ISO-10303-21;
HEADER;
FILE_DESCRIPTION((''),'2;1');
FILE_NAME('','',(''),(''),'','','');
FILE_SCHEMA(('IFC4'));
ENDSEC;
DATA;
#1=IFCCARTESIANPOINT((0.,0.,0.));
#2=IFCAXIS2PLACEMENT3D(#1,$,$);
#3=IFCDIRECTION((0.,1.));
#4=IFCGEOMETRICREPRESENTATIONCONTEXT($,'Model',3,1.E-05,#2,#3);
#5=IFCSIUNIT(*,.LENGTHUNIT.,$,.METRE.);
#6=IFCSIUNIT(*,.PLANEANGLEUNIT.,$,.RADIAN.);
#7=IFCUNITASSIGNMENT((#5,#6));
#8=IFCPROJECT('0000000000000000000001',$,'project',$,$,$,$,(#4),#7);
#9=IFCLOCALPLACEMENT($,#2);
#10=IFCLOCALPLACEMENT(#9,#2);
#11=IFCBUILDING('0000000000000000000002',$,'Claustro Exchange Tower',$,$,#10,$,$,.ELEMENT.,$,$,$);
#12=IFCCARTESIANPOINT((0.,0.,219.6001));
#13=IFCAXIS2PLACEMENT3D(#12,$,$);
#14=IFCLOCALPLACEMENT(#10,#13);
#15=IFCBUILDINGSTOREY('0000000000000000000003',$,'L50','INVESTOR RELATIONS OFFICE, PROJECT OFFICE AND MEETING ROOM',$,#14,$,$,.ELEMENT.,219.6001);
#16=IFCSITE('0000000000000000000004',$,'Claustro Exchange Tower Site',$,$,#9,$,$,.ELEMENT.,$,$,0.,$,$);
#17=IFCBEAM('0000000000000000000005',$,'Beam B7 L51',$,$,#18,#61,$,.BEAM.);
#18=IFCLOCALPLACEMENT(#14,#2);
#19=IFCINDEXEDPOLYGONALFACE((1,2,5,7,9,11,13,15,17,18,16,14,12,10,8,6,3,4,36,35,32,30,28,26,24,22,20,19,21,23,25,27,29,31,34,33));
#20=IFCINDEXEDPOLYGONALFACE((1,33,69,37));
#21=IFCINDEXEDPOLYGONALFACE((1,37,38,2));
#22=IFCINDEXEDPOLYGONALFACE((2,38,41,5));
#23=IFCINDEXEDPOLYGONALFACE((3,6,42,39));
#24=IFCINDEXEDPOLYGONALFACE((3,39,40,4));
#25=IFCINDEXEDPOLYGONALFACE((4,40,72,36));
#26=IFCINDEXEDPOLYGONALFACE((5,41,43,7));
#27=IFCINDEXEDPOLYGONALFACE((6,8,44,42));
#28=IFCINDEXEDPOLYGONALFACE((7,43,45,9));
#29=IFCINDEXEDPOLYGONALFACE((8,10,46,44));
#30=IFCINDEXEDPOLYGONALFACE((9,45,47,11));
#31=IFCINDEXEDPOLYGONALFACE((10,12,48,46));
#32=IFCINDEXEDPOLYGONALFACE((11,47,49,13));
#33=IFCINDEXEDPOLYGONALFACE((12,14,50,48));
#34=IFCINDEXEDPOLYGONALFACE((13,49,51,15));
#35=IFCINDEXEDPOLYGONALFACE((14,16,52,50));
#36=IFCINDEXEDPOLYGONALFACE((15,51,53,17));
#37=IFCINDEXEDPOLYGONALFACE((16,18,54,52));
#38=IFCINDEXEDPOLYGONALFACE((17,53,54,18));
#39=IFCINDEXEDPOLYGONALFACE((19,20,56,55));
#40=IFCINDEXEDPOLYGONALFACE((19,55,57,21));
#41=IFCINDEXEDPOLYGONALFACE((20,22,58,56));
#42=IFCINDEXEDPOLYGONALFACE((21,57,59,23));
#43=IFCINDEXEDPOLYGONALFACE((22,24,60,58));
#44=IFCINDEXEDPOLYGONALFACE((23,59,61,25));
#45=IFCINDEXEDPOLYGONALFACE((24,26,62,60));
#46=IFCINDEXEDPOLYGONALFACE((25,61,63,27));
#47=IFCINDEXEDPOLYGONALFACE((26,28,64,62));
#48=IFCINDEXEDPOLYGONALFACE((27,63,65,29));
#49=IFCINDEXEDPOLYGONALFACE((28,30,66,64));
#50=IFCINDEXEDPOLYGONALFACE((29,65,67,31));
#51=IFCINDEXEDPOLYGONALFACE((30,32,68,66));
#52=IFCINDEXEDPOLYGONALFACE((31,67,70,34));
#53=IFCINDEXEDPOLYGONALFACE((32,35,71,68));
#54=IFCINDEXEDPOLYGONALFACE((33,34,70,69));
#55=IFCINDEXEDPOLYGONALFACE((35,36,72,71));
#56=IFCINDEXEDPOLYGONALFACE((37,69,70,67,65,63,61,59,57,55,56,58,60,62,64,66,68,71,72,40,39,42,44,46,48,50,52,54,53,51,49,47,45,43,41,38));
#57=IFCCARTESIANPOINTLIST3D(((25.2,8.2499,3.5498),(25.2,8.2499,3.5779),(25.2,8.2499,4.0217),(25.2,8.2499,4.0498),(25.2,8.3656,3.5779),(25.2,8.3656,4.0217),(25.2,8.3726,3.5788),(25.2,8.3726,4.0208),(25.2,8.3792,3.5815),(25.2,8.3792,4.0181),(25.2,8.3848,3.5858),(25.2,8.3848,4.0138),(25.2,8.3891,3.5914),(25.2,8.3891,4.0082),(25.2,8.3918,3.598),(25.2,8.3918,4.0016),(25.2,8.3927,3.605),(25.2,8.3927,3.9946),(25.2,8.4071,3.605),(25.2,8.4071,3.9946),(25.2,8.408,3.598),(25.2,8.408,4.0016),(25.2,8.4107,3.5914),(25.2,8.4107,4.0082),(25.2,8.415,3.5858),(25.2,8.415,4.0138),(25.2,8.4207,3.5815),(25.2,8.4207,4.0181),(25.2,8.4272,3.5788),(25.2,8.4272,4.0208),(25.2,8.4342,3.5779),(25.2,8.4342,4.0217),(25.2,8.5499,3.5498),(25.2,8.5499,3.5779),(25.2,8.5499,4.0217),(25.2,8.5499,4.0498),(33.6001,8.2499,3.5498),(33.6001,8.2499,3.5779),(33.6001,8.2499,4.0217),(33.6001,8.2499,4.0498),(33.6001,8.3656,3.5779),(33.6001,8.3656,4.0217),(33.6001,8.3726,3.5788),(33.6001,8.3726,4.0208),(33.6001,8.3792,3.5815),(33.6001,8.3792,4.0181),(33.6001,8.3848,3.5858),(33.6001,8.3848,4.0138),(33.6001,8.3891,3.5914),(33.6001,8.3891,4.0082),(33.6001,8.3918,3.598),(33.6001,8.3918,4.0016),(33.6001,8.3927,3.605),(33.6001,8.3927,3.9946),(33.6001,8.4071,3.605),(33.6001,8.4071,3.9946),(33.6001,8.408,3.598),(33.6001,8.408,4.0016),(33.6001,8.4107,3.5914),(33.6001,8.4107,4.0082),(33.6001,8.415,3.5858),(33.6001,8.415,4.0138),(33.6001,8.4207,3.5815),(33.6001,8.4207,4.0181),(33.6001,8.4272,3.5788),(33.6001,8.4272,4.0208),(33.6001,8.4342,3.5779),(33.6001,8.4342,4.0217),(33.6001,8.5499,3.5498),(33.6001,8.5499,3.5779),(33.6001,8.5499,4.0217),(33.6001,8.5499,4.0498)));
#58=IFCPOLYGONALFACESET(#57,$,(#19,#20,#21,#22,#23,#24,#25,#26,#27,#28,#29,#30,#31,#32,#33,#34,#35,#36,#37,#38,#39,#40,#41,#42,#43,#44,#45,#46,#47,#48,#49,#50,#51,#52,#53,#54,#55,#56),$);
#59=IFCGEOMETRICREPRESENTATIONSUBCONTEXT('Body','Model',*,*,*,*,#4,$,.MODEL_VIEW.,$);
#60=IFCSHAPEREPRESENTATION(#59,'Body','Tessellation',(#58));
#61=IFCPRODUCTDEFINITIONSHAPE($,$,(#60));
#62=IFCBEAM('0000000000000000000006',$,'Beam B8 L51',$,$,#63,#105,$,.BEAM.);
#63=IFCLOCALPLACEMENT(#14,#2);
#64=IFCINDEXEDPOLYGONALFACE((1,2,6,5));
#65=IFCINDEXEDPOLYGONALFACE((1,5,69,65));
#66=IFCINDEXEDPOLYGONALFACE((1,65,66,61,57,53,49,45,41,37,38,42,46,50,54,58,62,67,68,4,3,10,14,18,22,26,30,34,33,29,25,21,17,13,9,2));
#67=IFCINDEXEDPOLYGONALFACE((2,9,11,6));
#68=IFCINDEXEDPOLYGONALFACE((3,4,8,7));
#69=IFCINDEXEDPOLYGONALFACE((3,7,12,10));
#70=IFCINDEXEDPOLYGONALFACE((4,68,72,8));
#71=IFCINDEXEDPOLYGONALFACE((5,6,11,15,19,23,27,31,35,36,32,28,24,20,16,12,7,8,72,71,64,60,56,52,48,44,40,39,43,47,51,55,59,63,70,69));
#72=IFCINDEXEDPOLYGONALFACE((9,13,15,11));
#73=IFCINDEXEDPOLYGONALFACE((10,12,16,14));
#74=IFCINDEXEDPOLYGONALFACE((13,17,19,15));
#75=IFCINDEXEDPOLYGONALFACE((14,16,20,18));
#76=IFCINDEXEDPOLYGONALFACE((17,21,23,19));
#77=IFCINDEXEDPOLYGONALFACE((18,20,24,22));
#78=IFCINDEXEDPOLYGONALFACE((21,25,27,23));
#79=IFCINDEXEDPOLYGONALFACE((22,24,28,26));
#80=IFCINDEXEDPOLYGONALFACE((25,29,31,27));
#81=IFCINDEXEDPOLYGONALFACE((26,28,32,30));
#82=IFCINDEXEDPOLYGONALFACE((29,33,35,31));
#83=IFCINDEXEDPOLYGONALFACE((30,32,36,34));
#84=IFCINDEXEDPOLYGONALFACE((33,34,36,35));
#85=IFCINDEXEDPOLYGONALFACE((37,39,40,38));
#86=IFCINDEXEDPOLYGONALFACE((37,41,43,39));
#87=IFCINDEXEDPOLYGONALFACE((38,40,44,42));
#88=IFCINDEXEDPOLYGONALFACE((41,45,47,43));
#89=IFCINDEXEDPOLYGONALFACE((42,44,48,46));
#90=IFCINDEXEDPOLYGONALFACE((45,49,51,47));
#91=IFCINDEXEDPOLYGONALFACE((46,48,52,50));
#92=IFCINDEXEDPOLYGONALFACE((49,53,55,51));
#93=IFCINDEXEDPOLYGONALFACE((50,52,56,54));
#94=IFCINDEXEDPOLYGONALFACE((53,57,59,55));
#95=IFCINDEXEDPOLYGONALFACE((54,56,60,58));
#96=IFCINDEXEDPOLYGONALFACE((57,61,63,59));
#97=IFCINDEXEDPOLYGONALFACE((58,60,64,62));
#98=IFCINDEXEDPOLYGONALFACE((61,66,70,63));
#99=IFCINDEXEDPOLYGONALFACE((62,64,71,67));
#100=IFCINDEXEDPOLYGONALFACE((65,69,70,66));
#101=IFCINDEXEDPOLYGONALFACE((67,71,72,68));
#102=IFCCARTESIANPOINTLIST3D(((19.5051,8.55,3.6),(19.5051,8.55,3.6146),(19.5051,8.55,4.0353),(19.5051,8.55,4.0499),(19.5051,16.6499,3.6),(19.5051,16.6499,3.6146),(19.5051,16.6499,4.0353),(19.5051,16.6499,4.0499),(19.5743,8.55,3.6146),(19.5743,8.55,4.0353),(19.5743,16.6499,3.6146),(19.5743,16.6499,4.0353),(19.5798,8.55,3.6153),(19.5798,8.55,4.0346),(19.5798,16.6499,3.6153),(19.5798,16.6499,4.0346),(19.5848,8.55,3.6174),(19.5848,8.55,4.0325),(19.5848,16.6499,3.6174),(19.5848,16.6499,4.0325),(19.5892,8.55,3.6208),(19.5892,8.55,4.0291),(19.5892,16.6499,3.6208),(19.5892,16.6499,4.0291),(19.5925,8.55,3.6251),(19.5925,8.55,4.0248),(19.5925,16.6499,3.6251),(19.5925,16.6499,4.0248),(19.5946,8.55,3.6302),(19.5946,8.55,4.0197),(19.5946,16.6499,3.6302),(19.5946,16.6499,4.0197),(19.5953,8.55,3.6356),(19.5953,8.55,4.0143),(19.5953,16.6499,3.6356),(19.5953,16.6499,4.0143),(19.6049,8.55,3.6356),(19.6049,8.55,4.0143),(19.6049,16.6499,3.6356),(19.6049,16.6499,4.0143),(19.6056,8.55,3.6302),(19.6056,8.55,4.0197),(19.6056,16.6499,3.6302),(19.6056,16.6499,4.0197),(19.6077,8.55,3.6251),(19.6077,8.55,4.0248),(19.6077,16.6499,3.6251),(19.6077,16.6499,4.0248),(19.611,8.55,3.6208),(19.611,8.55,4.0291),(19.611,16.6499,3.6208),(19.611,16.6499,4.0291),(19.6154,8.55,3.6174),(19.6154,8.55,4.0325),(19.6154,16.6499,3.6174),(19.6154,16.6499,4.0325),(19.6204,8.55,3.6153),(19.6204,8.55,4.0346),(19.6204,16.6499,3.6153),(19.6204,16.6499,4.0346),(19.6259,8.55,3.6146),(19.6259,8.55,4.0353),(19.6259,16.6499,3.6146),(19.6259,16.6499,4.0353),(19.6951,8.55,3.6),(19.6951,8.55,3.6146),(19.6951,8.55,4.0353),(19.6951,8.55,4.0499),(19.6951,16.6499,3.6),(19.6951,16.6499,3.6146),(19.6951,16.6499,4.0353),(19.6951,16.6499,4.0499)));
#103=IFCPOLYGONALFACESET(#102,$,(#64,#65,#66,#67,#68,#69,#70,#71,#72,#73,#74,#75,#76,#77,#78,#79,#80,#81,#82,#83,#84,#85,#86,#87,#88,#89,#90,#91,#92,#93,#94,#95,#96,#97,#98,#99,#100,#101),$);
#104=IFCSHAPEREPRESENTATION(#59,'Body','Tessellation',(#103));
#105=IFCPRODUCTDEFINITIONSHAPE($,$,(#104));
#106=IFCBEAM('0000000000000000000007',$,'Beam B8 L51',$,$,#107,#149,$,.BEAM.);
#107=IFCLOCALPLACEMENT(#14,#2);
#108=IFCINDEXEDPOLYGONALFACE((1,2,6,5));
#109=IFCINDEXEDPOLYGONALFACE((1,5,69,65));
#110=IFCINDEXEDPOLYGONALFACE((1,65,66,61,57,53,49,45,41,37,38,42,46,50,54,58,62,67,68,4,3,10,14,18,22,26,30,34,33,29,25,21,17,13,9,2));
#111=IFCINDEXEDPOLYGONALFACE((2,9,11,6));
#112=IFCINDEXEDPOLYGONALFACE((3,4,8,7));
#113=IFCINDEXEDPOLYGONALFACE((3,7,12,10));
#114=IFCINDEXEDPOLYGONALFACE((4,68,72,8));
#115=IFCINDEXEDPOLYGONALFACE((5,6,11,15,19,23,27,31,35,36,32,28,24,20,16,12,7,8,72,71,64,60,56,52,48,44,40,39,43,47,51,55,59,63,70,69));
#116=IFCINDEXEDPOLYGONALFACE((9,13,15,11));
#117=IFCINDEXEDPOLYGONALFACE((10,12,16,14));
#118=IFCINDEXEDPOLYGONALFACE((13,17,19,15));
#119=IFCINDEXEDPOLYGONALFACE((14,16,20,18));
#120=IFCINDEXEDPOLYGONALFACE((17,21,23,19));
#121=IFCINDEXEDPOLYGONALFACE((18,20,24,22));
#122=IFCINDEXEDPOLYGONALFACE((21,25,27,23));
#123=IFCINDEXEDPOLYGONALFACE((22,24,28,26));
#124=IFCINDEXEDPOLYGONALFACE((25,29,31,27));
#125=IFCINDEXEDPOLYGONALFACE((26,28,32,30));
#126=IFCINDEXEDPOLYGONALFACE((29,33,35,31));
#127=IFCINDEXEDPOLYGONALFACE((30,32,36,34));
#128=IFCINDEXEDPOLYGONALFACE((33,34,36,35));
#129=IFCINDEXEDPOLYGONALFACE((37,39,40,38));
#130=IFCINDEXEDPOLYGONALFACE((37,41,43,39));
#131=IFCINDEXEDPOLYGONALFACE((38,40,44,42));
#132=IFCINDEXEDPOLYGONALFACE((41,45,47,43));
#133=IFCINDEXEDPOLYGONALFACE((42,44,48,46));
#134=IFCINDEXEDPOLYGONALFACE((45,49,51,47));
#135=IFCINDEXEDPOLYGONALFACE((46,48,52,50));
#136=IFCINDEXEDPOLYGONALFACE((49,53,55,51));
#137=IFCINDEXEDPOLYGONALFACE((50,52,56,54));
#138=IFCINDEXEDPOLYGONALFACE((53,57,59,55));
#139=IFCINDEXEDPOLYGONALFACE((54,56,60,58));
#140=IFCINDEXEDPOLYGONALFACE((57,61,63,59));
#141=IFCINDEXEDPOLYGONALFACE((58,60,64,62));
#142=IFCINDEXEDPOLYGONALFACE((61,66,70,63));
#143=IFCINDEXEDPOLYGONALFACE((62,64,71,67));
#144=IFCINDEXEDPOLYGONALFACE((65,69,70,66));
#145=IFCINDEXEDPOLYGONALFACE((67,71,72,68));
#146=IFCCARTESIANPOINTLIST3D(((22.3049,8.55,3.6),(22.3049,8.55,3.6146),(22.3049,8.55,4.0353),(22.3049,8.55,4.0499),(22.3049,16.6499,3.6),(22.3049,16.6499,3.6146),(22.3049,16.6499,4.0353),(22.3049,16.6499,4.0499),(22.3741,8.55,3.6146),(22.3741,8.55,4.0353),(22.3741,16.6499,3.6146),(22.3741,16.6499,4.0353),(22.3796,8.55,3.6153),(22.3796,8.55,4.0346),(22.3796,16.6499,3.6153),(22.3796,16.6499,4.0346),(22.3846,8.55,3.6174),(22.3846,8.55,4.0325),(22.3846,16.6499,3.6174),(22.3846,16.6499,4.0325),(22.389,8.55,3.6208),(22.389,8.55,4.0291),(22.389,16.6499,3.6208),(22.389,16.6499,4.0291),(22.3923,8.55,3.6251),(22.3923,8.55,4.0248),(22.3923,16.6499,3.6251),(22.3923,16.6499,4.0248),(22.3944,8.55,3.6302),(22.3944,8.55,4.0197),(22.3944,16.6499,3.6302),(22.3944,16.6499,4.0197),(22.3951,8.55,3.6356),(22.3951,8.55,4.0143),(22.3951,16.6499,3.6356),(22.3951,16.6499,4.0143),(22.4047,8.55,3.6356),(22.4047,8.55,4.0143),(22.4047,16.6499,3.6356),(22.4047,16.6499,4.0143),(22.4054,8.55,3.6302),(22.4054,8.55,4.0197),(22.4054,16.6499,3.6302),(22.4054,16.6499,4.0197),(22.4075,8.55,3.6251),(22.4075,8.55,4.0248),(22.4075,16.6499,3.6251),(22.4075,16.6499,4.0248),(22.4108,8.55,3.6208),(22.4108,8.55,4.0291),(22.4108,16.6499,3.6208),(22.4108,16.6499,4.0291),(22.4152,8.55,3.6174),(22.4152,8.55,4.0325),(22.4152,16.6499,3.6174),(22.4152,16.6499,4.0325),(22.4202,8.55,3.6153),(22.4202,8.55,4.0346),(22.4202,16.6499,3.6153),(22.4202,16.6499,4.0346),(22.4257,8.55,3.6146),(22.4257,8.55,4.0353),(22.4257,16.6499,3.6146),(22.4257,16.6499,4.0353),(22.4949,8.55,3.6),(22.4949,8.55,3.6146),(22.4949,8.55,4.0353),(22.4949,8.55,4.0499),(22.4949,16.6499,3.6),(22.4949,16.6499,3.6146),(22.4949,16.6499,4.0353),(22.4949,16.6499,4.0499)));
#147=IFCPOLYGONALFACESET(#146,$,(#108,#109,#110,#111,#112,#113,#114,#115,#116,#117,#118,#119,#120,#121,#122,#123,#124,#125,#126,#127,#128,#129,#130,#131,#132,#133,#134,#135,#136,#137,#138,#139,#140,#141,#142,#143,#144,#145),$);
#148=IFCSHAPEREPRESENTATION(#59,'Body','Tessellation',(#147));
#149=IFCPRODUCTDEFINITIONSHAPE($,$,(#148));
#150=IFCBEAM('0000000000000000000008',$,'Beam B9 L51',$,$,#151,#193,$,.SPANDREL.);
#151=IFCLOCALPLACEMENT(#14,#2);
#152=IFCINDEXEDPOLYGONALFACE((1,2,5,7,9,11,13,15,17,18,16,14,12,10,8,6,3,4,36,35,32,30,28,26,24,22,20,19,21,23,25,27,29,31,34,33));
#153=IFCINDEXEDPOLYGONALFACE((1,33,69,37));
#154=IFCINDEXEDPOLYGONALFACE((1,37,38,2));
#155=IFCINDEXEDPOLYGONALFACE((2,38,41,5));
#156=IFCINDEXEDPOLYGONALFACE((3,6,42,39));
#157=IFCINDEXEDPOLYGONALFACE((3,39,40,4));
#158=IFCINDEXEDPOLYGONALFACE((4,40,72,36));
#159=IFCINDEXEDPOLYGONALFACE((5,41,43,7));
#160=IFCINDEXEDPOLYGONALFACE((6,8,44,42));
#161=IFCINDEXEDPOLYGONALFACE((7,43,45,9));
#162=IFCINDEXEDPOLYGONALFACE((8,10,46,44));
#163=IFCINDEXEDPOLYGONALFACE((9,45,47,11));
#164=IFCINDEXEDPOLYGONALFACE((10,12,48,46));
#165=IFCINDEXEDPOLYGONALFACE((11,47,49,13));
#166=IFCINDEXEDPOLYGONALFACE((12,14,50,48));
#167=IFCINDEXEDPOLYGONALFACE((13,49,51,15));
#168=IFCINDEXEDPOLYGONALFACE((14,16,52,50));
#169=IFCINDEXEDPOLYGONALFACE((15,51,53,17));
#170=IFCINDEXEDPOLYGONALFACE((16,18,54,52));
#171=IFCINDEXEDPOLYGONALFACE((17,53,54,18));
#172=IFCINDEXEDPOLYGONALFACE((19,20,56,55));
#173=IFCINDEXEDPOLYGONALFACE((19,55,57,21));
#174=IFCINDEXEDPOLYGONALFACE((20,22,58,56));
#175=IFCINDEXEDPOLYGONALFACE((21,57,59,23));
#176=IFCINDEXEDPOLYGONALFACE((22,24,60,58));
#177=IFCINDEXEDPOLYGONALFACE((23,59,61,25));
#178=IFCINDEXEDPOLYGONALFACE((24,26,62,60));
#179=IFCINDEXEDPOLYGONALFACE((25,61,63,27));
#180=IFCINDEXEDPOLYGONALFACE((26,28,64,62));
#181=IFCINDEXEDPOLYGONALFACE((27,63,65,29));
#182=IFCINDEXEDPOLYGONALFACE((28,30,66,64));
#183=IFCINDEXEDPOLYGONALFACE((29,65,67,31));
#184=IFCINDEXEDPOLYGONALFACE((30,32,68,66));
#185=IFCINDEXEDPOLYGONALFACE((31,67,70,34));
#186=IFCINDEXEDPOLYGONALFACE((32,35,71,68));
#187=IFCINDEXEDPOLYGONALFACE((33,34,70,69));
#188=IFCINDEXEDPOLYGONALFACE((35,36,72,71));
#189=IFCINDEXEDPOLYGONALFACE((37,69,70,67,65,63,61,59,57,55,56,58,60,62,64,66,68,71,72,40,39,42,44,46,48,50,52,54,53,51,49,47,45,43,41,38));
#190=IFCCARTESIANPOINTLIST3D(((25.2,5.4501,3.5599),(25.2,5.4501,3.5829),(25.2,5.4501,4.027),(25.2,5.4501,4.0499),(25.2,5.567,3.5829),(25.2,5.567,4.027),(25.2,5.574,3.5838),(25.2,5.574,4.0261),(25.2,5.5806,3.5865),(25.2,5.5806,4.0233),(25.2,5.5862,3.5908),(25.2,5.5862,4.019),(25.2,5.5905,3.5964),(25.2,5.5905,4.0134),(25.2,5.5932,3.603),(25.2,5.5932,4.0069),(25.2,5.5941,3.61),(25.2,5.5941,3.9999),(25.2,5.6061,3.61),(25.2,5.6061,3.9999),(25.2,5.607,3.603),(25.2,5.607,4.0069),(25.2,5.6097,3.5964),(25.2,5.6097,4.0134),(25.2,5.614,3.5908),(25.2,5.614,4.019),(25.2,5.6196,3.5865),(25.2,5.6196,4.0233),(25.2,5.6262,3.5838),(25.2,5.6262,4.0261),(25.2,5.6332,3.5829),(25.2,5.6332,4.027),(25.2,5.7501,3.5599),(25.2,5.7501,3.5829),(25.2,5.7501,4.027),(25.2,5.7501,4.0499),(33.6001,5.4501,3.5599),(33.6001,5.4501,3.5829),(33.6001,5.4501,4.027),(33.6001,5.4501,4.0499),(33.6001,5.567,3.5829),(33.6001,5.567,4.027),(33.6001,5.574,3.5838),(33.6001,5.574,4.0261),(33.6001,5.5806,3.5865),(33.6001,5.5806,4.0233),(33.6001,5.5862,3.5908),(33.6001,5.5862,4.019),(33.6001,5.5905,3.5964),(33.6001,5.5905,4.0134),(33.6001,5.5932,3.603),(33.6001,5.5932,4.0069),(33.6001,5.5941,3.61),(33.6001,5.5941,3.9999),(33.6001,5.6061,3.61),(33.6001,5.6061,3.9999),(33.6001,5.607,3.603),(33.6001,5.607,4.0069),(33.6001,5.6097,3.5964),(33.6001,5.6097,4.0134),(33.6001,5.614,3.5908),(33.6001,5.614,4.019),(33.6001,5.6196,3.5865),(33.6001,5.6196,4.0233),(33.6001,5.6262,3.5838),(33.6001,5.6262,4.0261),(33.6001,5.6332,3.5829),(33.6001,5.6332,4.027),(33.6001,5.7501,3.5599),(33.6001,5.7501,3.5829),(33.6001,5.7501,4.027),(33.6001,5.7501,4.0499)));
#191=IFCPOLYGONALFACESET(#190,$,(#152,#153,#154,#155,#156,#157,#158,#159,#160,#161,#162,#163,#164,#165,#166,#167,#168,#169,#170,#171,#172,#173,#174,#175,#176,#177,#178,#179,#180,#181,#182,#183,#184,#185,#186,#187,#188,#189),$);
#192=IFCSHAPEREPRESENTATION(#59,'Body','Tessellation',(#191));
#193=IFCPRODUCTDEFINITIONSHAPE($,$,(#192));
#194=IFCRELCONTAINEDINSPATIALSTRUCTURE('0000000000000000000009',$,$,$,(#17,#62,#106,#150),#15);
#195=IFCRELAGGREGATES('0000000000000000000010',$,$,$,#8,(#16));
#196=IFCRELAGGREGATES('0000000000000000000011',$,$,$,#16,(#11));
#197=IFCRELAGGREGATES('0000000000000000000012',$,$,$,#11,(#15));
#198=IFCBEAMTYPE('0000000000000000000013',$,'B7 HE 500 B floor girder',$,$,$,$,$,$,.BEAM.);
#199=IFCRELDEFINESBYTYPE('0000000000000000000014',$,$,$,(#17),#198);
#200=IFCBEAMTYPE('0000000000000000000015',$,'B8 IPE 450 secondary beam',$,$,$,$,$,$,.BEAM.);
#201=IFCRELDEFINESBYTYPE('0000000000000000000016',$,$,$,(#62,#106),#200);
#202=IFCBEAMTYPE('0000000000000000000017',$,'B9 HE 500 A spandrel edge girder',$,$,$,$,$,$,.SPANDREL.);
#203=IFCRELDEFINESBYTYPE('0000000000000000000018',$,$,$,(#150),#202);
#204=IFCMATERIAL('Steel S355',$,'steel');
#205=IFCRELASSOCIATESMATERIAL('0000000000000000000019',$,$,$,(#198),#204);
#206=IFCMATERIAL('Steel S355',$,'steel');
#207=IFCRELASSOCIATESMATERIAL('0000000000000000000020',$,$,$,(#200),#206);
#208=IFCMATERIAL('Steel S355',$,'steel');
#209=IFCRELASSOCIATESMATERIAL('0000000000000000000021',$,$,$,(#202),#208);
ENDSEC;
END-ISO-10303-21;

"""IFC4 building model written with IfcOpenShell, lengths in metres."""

from ifc_helpers import new_model, si_unit, direction, frame, origin, origin_2d, place, context, subcontext, project, spatial, i_section, extrude, material, material_profile, profile_set, type_object, element, save


model = new_model("IFC4")

# Units and contexts
model_context = context("Model", 3, precision=1e-05, world=origin(), true_north=direction((0.0, 1.0)))
body_context = subcontext(model_context, "Body", "Model", "MODEL_VIEW")
ifc_project = project(units=[si_unit("LENGTHUNIT", "METRE"), si_unit("PLANEANGLEUNIT", "RADIAN")], contexts=[model_context])

# Site, building, storey
site_placement = place(None, origin())
site = spatial("IfcSite", under=ifc_project, at=site_placement, Name="Claustro Exchange Tower Site", CompositionType="ELEMENT", RefElevation=0.0)
building_placement = place(site_placement, origin())
building = spatial("IfcBuilding", under=site, at=building_placement, Name="Claustro Exchange Tower", CompositionType="ELEMENT")
storey_placement = place(building_placement, frame((0.0, 0.0, 219.6001)))
storey = spatial("IfcBuildingStorey", under=building, at=storey_placement, Name="L50", Description="INVESTOR RELATIONS OFFICE, PROJECT OFFICE AND MEETING ROOM", CompositionType="ELEMENT", Elevation=219.6001)

# Beams
ifc_material_1 = material(Name="Steel S355", Category="steel")
ifc_material_profile_1 = material_profile(ifc_material_1, i_section(OverallWidth=0.3, OverallDepth=0.5, WebThickness=0.0144, FlangeThickness=0.0281, FilletRadius=0.0271, at=origin_2d()), Name="HE 500 B")
ifc_profile_set_1 = profile_set([ifc_material_profile_1], Name="Steel S355")
beam_type_1 = type_object("IfcBeamType", Name="B7 HE 500 B floor girder", PredefinedType="BEAM", material=ifc_profile_set_1)
for number, where, z_axis, x_axis, name in (
    (1, (25.2, 8.3999, 3.7998), (1.0, 0.0, 0.0), (0.0, 1.0, 0.0), "Beam B7 L51"),
):
    element("IfcBeam", number, at=place(storey_placement, frame(where, z_axis=z_axis, x_axis=x_axis)), inside=storey, type_object=beam_type_1, Name=name, PredefinedType="BEAM", context=body_context, shape_type="SweptSolid", body=[
        extrude(i_section(OverallWidth=0.3, OverallDepth=0.5, WebThickness=0.0144, FlangeThickness=0.0281, FilletRadius=0.0271, at=origin_2d()), origin(), (0.0, 0.0, 1.0), 8.4001),
    ])
ifc_material_2 = material(Name="Steel S355", Category="steel")
ifc_material_profile_2 = material_profile(ifc_material_2, i_section(OverallWidth=0.1899, OverallDepth=0.45, WebThickness=0.0095, FlangeThickness=0.0146, FilletRadius=0.021, at=origin_2d()), Name="IPE 450")
ifc_profile_set_2 = profile_set([ifc_material_profile_2], Name="Steel S355")
beam_type_2 = type_object("IfcBeamType", Name="B8 IPE 450 secondary beam", PredefinedType="BEAM", material=ifc_profile_set_2)
for number, where, z_axis, x_axis, name in (
    (2, (19.6001, 8.55, 3.825), (0.0, 1.0, 0.0), (-1.0, 0.0, 0.0), "Beam B8 L51"),
    (3, (22.3999, 8.55, 3.825), (0.0, 1.0, 0.0), (-1.0, 0.0, 0.0), "Beam B8 L51"),
):
    element("IfcBeam", number, at=place(storey_placement, frame(where, z_axis=z_axis, x_axis=x_axis)), inside=storey, type_object=beam_type_2, Name=name, PredefinedType="BEAM", context=body_context, shape_type="SweptSolid", body=[
        extrude(i_section(OverallWidth=0.1899, OverallDepth=0.45, WebThickness=0.0095, FlangeThickness=0.0146, FilletRadius=0.021, at=origin_2d()), origin(), (0.0, 0.0, 1.0), 8.0999),
    ])
ifc_material_3 = material(Name="Steel S355", Category="steel")
ifc_material_profile_3 = material_profile(ifc_material_3, i_section(OverallWidth=0.3, OverallDepth=0.49, WebThickness=0.012, FlangeThickness=0.0229, FilletRadius=0.0271, at=origin_2d()), Name="HE 500 A")
ifc_profile_set_3 = profile_set([ifc_material_profile_3], Name="Steel S355")
beam_type_3 = type_object("IfcBeamType", Name="B9 HE 500 A spandrel edge girder", PredefinedType="SPANDREL", material=ifc_profile_set_3)
beam_1_placement = place(storey_placement, frame((25.2, 5.6001, 3.8049), z_axis=(1.0, 0.0, 0.0), x_axis=(0.0, 1.0, 0.0)))
element("IfcBeam", 4, at=beam_1_placement, inside=storey, type_object=beam_type_3, Name="Beam B9 L51", PredefinedType="SPANDREL", context=body_context, shape_type="SweptSolid", body=[
    extrude(i_section(OverallWidth=0.3, OverallDepth=0.49, WebThickness=0.012, FlangeThickness=0.0229, FilletRadius=0.0271, at=origin_2d()), origin(), (0.0, 0.0, 1.0), 8.4001),
])

save(model, "model.ifc")
